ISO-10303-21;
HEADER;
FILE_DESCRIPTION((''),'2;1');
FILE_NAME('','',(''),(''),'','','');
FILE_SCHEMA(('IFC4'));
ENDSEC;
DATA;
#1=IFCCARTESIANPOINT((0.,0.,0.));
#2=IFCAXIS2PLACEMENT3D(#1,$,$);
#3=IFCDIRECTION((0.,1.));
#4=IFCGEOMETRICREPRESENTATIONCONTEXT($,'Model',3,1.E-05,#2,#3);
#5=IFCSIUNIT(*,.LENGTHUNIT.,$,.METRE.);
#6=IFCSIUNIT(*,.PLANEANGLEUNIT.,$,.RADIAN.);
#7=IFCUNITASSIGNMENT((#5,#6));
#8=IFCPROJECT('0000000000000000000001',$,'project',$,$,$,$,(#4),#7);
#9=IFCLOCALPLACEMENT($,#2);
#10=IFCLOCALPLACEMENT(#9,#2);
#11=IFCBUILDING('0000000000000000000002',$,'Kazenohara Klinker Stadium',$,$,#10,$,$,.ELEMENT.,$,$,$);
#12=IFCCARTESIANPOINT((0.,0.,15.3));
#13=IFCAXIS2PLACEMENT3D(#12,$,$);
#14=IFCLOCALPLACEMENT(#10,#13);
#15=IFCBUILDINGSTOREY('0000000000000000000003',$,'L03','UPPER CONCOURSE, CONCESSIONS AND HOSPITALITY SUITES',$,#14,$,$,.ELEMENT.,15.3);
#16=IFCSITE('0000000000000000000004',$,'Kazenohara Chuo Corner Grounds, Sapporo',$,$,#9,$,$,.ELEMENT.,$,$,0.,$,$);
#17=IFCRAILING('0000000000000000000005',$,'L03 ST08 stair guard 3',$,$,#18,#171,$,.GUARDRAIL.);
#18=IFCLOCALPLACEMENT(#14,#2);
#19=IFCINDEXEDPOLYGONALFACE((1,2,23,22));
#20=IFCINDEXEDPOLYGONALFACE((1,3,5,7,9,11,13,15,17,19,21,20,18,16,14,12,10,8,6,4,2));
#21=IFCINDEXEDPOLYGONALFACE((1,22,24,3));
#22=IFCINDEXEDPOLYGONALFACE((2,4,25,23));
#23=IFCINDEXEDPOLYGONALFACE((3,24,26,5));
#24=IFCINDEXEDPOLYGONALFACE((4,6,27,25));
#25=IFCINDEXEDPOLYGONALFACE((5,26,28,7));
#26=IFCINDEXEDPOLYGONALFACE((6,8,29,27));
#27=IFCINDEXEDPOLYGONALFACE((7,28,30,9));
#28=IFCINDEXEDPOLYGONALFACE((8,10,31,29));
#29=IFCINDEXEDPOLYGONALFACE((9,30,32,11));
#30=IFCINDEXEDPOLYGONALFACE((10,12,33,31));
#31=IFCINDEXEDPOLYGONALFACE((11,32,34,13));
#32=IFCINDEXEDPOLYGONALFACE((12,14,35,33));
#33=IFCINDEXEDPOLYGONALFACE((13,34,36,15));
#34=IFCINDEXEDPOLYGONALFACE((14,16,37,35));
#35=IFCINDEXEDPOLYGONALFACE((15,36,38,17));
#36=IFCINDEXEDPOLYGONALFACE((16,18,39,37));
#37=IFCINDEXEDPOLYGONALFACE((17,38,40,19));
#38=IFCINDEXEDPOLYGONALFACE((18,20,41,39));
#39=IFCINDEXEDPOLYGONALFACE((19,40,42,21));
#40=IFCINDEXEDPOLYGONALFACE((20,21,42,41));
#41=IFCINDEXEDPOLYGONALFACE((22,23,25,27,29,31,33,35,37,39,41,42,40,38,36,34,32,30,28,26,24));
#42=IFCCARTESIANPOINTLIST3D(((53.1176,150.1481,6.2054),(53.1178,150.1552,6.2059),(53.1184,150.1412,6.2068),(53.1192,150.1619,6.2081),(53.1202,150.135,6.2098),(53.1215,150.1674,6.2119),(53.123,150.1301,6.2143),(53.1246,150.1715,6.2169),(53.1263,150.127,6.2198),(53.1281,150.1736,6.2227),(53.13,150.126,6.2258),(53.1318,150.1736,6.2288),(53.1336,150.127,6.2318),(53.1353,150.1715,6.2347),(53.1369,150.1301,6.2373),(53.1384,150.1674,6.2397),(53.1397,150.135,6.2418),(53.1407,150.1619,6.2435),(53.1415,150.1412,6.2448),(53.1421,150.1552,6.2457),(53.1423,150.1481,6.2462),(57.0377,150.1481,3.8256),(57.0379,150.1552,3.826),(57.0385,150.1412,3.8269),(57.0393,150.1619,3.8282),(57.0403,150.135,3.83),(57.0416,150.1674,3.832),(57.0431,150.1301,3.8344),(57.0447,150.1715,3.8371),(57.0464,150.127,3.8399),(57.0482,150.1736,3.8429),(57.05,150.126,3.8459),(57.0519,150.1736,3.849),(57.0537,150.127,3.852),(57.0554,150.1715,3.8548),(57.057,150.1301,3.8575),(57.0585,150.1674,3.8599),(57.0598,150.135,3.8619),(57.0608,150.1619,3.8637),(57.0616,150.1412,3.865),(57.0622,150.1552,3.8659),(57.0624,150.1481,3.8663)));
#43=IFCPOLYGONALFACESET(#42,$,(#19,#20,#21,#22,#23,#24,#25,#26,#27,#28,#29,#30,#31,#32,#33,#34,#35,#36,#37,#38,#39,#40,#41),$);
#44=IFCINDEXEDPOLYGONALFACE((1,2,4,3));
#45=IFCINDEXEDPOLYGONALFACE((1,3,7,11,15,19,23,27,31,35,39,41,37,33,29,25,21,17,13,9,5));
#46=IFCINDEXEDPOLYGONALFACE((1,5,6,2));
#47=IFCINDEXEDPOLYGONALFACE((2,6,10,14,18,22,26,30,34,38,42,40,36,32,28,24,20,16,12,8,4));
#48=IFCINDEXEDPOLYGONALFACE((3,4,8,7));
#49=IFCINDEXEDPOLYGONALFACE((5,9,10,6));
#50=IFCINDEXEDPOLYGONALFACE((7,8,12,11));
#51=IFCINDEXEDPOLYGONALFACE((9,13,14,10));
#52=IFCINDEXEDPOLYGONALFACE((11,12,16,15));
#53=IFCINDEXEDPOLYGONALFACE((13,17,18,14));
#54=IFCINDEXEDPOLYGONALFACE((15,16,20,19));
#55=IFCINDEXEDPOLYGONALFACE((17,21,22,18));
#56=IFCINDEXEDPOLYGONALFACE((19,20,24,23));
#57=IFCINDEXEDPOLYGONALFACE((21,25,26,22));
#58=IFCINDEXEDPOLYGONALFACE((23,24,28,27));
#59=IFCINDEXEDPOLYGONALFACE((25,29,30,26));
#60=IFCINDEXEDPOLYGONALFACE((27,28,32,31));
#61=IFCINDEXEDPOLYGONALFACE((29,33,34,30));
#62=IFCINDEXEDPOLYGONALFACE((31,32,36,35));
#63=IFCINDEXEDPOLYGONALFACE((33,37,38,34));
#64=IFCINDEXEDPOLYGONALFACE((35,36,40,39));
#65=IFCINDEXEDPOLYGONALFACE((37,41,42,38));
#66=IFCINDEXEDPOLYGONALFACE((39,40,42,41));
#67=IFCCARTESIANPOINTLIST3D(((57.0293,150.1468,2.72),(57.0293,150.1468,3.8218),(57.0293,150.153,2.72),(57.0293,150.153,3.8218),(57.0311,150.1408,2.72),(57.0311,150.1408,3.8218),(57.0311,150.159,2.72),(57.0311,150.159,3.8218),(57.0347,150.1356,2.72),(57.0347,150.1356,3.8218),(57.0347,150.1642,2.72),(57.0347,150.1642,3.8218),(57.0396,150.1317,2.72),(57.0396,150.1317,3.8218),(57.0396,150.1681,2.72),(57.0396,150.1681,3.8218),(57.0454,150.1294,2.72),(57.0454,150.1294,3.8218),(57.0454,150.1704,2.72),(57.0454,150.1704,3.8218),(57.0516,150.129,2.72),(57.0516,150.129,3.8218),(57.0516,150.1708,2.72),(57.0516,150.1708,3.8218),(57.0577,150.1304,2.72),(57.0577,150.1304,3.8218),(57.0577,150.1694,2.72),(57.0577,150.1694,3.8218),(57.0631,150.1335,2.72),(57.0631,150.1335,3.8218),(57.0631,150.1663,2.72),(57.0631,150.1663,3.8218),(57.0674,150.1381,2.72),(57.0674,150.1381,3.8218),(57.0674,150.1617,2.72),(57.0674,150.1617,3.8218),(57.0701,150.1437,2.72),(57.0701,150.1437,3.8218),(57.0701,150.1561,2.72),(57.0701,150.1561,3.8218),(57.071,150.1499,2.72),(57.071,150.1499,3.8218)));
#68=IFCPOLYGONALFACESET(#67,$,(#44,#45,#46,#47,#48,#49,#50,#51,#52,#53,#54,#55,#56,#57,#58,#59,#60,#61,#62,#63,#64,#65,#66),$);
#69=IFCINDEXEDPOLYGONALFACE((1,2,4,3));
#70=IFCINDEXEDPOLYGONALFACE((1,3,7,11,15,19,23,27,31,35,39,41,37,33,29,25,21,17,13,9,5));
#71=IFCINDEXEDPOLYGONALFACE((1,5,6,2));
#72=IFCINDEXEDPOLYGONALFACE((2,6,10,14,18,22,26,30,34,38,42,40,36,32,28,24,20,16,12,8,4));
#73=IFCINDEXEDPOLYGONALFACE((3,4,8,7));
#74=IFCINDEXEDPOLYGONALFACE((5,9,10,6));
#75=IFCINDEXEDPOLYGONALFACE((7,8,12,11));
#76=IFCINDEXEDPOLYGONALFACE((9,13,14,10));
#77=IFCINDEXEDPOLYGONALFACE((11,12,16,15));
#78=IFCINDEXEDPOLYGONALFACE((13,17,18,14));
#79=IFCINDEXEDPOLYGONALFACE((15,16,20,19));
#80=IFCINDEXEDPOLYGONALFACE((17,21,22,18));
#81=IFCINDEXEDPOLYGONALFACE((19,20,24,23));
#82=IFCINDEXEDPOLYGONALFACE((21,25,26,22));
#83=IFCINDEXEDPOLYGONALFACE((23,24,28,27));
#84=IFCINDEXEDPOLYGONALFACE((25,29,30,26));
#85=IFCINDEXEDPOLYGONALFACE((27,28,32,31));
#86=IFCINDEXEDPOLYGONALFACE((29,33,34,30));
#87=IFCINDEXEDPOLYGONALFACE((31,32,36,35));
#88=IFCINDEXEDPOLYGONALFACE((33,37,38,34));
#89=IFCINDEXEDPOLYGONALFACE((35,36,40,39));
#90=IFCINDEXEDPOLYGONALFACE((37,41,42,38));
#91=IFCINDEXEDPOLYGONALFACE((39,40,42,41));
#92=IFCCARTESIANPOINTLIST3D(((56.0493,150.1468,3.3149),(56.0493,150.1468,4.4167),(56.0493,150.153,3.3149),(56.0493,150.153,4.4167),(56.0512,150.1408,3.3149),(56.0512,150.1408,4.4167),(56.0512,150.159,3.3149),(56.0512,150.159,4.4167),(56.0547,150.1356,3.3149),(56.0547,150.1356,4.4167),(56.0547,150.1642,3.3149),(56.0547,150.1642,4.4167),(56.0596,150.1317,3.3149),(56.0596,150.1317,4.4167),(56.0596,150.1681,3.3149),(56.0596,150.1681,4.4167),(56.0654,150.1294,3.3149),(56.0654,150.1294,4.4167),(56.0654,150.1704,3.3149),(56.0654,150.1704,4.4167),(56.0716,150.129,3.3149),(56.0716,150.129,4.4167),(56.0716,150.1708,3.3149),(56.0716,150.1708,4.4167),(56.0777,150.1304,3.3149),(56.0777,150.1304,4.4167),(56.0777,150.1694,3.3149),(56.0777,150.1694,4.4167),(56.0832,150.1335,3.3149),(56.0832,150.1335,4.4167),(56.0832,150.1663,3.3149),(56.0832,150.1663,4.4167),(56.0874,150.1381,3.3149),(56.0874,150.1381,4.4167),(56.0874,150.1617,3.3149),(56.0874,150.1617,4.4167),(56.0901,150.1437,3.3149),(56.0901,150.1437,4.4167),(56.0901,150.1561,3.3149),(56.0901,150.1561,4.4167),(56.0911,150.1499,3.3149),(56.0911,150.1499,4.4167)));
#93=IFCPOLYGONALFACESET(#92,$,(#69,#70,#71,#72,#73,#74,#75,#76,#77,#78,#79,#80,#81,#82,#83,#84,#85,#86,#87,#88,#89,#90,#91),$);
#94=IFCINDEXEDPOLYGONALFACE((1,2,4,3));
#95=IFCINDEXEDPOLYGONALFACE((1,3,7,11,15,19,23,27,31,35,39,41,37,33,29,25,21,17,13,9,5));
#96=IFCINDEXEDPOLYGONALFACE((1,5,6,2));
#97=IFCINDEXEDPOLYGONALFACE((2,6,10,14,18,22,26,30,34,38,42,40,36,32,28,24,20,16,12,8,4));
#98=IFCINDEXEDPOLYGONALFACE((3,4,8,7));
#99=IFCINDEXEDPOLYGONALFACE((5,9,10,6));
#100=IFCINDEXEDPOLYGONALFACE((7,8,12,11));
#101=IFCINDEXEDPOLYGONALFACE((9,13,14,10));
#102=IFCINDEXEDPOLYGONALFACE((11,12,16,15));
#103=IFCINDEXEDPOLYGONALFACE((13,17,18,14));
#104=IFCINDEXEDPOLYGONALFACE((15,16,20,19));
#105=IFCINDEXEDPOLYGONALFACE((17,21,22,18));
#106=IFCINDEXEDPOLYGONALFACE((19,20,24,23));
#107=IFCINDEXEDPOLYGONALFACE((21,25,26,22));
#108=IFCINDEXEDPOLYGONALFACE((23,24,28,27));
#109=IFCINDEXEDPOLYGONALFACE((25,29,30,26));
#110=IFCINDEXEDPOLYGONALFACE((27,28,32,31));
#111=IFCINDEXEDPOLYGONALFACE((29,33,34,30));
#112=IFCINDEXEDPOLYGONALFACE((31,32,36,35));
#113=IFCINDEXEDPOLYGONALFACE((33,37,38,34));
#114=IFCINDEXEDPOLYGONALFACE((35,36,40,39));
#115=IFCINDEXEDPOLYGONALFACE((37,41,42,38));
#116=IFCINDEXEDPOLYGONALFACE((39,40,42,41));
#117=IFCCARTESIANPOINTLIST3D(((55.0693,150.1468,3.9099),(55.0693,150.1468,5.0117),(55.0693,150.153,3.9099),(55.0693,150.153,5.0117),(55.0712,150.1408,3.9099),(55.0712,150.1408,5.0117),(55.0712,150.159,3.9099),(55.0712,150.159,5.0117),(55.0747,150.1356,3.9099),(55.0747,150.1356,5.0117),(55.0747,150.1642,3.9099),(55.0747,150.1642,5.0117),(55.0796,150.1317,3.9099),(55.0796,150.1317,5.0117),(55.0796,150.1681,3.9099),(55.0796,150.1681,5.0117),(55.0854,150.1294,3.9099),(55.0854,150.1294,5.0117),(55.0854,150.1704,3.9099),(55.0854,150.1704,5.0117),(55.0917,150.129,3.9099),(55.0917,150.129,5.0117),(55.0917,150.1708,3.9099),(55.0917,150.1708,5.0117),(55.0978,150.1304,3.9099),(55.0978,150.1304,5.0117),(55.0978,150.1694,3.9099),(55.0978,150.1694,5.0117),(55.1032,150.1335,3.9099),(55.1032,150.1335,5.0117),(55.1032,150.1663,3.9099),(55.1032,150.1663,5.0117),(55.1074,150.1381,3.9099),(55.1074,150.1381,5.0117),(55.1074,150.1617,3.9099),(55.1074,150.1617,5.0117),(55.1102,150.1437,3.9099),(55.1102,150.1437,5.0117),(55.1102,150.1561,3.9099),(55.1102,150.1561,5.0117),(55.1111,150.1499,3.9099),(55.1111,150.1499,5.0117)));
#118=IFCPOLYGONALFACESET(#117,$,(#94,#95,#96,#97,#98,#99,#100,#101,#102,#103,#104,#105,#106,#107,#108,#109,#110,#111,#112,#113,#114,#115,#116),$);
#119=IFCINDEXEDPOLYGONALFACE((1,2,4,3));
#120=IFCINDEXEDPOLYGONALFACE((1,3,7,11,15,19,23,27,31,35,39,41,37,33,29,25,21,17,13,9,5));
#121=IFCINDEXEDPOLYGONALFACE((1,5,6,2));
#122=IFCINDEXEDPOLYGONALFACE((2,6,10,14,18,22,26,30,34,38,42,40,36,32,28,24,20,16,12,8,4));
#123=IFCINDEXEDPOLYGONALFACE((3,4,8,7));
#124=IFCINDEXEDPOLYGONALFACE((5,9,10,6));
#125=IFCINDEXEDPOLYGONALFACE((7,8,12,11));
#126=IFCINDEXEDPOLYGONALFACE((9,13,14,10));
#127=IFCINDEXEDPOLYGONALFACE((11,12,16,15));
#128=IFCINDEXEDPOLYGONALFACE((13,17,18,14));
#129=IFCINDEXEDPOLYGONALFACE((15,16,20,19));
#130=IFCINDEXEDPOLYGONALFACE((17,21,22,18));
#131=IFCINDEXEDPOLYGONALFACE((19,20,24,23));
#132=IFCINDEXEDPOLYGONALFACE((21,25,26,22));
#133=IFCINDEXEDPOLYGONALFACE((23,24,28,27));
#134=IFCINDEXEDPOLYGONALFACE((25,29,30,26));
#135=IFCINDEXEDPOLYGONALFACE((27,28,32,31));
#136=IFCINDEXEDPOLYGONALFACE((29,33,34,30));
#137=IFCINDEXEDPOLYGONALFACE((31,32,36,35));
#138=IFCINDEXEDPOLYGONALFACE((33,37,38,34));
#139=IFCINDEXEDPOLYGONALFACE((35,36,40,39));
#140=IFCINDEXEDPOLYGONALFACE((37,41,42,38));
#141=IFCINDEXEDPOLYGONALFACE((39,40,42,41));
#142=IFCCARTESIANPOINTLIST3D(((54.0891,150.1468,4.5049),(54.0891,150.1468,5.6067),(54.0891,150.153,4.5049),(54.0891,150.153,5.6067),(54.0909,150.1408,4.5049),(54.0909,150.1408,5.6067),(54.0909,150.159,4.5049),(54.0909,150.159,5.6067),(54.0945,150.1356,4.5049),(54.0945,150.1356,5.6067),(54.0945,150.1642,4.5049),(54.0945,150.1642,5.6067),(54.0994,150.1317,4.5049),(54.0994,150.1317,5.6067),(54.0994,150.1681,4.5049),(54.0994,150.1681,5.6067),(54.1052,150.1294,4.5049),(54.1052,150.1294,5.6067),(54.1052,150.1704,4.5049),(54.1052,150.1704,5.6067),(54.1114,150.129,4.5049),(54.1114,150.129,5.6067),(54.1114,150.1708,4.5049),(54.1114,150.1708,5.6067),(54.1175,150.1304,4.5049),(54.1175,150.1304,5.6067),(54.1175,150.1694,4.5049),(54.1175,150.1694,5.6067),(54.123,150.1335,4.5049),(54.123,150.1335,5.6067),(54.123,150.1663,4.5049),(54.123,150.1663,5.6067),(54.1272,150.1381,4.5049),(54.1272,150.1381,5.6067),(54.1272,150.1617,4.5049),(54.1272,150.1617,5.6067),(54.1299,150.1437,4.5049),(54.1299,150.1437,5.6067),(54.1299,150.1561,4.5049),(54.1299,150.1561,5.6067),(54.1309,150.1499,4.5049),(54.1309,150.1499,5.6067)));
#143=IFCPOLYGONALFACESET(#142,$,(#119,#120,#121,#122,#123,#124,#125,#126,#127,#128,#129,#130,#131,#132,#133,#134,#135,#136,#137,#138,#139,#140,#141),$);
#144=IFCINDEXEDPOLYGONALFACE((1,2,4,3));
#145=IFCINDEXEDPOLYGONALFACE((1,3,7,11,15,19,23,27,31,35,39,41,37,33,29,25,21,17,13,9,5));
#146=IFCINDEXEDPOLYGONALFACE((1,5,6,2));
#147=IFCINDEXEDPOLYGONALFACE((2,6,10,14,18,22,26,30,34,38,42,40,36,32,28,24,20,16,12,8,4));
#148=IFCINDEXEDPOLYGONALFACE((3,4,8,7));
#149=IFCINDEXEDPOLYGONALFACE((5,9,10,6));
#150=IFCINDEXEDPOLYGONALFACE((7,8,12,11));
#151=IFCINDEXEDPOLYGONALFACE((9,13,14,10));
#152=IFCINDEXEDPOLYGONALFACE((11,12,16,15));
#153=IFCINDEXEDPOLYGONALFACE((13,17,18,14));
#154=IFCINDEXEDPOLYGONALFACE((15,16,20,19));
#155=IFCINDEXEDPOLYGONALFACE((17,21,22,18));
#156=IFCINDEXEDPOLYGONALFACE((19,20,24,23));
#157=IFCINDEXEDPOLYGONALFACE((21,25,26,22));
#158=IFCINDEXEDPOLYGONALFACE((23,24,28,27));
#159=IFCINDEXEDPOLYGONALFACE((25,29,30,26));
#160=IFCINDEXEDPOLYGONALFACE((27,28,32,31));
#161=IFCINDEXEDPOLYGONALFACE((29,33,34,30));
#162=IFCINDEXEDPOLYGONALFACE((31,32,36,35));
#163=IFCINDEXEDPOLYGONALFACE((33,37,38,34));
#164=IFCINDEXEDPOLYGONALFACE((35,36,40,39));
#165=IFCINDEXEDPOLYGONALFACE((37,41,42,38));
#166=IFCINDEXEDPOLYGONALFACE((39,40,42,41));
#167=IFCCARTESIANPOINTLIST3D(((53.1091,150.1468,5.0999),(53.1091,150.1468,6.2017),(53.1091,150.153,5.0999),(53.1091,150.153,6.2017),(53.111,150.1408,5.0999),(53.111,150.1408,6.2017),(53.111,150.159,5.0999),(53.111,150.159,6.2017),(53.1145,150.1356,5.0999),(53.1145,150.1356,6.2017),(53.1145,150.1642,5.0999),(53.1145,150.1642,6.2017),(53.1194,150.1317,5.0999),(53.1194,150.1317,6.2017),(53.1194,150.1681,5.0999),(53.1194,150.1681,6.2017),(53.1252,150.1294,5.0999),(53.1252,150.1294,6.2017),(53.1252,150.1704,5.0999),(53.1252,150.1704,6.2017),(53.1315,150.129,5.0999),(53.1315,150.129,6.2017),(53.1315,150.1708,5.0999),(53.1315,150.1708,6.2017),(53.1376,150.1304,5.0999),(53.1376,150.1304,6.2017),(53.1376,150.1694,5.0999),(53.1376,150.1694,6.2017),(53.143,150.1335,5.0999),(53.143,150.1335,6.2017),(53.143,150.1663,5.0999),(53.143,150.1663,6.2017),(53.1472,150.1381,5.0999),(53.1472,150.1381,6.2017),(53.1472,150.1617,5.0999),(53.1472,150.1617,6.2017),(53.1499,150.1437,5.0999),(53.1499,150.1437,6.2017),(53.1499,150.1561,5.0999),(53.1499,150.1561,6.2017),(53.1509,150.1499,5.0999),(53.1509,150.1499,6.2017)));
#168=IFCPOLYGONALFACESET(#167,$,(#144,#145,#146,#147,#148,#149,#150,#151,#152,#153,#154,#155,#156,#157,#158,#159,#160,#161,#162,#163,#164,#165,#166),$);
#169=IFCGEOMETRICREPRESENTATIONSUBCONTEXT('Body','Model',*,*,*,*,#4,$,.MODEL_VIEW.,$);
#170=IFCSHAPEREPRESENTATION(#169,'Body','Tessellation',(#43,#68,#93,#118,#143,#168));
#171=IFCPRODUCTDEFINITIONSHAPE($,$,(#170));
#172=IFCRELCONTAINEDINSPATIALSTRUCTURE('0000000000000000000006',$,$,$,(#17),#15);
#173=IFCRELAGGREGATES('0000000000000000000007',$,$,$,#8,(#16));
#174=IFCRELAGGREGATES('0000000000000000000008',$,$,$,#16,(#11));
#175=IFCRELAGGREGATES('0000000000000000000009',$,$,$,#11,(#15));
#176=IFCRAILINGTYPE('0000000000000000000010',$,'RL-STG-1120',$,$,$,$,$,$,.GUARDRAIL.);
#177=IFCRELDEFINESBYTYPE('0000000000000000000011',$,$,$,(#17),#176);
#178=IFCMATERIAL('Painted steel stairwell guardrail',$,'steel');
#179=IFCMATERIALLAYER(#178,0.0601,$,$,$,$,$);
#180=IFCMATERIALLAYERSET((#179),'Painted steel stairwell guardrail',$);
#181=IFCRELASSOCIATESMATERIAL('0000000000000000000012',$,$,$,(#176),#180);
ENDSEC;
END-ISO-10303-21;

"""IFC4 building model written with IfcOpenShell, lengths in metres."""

from ifc_helpers import new_model, si_unit, direction, frame, origin, origin_2d, place, context, subcontext, project, spatial, circle, extrude, material, layer, layer_set, type_object, element, save


model = new_model("IFC4")

# Units and contexts
model_context = context("Model", 3, precision=1e-05, world=origin(), true_north=direction((0.0, 1.0)))
body_context = subcontext(model_context, "Body", "Model", "MODEL_VIEW")
ifc_project = project(units=[si_unit("LENGTHUNIT", "METRE"), si_unit("PLANEANGLEUNIT", "RADIAN")], contexts=[model_context])

# Site, building, storey
site_placement = place(None, origin())
site = spatial("IfcSite", under=ifc_project, at=site_placement, Name="Kazenohara Chuo Corner Grounds, Sapporo", CompositionType="ELEMENT", RefElevation=0.0)
building_placement = place(site_placement, origin())
building = spatial("IfcBuilding", under=site, at=building_placement, Name="Kazenohara Klinker Stadium", CompositionType="ELEMENT")
storey_placement = place(building_placement, frame((0.0, 0.0, 15.3)))
storey = spatial("IfcBuildingStorey", under=building, at=storey_placement, Name="L03", Description="UPPER CONCOURSE, CONCESSIONS AND HOSPITALITY SUITES", CompositionType="ELEMENT", Elevation=15.3)

# Railing
ifc_material_1 = material(Name="Painted steel stairwell guardrail", Category="steel")
ifc_layer_1 = layer(ifc_material_1, 0.0601)
ifc_layer_set_1 = layer_set([ifc_layer_1], Name="Painted steel stairwell guardrail")
railing_type_1 = type_object("IfcRailingType", Name="RL-STG-1120", PredefinedType="GUARDRAIL", material=ifc_layer_set_1)
railing_1_placement = place(storey_placement, frame((57.05, 150.1499, 2.72)))
element("IfcRailing", 1, at=railing_1_placement, inside=storey, type_object=railing_type_1, Name="L03 ST08 stair guard 3", PredefinedType="GUARDRAIL", context=body_context, shape_type="SweptSolid", body=[
    extrude(circle(Radius=0.0239, at=origin_2d()), frame((0.0, 0.0, 1.126), z_axis=(-0.854809, 0.0, 0.518943), x_axis=(0.0, -1.0, 0.0)), (0.0, 0.0, 1.0), 4.5859),
    extrude(circle(Radius=0.021, at=origin_2d()), origin(), (0.0, 0.0, 1.0), 1.1018),
    extrude(circle(Radius=0.021, at=origin_2d()), frame((-0.98, 0.0, 0.595)), (0.0, 0.0, 1.0), 1.1018),
    extrude(circle(Radius=0.021, at=origin_2d()), frame((-1.96, 0.0, 1.1899)), (0.0, 0.0, 1.0), 1.1018),
    extrude(circle(Radius=0.021, at=origin_2d()), frame((-2.9402, 0.0, 1.7849)), (0.0, 0.0, 1.0), 1.1018),
    extrude(circle(Radius=0.021, at=origin_2d()), frame((-3.9202, 0.0, 2.3799)), (0.0, 0.0, 1.0), 1.1018),
])

save(model, "model.ifc")
